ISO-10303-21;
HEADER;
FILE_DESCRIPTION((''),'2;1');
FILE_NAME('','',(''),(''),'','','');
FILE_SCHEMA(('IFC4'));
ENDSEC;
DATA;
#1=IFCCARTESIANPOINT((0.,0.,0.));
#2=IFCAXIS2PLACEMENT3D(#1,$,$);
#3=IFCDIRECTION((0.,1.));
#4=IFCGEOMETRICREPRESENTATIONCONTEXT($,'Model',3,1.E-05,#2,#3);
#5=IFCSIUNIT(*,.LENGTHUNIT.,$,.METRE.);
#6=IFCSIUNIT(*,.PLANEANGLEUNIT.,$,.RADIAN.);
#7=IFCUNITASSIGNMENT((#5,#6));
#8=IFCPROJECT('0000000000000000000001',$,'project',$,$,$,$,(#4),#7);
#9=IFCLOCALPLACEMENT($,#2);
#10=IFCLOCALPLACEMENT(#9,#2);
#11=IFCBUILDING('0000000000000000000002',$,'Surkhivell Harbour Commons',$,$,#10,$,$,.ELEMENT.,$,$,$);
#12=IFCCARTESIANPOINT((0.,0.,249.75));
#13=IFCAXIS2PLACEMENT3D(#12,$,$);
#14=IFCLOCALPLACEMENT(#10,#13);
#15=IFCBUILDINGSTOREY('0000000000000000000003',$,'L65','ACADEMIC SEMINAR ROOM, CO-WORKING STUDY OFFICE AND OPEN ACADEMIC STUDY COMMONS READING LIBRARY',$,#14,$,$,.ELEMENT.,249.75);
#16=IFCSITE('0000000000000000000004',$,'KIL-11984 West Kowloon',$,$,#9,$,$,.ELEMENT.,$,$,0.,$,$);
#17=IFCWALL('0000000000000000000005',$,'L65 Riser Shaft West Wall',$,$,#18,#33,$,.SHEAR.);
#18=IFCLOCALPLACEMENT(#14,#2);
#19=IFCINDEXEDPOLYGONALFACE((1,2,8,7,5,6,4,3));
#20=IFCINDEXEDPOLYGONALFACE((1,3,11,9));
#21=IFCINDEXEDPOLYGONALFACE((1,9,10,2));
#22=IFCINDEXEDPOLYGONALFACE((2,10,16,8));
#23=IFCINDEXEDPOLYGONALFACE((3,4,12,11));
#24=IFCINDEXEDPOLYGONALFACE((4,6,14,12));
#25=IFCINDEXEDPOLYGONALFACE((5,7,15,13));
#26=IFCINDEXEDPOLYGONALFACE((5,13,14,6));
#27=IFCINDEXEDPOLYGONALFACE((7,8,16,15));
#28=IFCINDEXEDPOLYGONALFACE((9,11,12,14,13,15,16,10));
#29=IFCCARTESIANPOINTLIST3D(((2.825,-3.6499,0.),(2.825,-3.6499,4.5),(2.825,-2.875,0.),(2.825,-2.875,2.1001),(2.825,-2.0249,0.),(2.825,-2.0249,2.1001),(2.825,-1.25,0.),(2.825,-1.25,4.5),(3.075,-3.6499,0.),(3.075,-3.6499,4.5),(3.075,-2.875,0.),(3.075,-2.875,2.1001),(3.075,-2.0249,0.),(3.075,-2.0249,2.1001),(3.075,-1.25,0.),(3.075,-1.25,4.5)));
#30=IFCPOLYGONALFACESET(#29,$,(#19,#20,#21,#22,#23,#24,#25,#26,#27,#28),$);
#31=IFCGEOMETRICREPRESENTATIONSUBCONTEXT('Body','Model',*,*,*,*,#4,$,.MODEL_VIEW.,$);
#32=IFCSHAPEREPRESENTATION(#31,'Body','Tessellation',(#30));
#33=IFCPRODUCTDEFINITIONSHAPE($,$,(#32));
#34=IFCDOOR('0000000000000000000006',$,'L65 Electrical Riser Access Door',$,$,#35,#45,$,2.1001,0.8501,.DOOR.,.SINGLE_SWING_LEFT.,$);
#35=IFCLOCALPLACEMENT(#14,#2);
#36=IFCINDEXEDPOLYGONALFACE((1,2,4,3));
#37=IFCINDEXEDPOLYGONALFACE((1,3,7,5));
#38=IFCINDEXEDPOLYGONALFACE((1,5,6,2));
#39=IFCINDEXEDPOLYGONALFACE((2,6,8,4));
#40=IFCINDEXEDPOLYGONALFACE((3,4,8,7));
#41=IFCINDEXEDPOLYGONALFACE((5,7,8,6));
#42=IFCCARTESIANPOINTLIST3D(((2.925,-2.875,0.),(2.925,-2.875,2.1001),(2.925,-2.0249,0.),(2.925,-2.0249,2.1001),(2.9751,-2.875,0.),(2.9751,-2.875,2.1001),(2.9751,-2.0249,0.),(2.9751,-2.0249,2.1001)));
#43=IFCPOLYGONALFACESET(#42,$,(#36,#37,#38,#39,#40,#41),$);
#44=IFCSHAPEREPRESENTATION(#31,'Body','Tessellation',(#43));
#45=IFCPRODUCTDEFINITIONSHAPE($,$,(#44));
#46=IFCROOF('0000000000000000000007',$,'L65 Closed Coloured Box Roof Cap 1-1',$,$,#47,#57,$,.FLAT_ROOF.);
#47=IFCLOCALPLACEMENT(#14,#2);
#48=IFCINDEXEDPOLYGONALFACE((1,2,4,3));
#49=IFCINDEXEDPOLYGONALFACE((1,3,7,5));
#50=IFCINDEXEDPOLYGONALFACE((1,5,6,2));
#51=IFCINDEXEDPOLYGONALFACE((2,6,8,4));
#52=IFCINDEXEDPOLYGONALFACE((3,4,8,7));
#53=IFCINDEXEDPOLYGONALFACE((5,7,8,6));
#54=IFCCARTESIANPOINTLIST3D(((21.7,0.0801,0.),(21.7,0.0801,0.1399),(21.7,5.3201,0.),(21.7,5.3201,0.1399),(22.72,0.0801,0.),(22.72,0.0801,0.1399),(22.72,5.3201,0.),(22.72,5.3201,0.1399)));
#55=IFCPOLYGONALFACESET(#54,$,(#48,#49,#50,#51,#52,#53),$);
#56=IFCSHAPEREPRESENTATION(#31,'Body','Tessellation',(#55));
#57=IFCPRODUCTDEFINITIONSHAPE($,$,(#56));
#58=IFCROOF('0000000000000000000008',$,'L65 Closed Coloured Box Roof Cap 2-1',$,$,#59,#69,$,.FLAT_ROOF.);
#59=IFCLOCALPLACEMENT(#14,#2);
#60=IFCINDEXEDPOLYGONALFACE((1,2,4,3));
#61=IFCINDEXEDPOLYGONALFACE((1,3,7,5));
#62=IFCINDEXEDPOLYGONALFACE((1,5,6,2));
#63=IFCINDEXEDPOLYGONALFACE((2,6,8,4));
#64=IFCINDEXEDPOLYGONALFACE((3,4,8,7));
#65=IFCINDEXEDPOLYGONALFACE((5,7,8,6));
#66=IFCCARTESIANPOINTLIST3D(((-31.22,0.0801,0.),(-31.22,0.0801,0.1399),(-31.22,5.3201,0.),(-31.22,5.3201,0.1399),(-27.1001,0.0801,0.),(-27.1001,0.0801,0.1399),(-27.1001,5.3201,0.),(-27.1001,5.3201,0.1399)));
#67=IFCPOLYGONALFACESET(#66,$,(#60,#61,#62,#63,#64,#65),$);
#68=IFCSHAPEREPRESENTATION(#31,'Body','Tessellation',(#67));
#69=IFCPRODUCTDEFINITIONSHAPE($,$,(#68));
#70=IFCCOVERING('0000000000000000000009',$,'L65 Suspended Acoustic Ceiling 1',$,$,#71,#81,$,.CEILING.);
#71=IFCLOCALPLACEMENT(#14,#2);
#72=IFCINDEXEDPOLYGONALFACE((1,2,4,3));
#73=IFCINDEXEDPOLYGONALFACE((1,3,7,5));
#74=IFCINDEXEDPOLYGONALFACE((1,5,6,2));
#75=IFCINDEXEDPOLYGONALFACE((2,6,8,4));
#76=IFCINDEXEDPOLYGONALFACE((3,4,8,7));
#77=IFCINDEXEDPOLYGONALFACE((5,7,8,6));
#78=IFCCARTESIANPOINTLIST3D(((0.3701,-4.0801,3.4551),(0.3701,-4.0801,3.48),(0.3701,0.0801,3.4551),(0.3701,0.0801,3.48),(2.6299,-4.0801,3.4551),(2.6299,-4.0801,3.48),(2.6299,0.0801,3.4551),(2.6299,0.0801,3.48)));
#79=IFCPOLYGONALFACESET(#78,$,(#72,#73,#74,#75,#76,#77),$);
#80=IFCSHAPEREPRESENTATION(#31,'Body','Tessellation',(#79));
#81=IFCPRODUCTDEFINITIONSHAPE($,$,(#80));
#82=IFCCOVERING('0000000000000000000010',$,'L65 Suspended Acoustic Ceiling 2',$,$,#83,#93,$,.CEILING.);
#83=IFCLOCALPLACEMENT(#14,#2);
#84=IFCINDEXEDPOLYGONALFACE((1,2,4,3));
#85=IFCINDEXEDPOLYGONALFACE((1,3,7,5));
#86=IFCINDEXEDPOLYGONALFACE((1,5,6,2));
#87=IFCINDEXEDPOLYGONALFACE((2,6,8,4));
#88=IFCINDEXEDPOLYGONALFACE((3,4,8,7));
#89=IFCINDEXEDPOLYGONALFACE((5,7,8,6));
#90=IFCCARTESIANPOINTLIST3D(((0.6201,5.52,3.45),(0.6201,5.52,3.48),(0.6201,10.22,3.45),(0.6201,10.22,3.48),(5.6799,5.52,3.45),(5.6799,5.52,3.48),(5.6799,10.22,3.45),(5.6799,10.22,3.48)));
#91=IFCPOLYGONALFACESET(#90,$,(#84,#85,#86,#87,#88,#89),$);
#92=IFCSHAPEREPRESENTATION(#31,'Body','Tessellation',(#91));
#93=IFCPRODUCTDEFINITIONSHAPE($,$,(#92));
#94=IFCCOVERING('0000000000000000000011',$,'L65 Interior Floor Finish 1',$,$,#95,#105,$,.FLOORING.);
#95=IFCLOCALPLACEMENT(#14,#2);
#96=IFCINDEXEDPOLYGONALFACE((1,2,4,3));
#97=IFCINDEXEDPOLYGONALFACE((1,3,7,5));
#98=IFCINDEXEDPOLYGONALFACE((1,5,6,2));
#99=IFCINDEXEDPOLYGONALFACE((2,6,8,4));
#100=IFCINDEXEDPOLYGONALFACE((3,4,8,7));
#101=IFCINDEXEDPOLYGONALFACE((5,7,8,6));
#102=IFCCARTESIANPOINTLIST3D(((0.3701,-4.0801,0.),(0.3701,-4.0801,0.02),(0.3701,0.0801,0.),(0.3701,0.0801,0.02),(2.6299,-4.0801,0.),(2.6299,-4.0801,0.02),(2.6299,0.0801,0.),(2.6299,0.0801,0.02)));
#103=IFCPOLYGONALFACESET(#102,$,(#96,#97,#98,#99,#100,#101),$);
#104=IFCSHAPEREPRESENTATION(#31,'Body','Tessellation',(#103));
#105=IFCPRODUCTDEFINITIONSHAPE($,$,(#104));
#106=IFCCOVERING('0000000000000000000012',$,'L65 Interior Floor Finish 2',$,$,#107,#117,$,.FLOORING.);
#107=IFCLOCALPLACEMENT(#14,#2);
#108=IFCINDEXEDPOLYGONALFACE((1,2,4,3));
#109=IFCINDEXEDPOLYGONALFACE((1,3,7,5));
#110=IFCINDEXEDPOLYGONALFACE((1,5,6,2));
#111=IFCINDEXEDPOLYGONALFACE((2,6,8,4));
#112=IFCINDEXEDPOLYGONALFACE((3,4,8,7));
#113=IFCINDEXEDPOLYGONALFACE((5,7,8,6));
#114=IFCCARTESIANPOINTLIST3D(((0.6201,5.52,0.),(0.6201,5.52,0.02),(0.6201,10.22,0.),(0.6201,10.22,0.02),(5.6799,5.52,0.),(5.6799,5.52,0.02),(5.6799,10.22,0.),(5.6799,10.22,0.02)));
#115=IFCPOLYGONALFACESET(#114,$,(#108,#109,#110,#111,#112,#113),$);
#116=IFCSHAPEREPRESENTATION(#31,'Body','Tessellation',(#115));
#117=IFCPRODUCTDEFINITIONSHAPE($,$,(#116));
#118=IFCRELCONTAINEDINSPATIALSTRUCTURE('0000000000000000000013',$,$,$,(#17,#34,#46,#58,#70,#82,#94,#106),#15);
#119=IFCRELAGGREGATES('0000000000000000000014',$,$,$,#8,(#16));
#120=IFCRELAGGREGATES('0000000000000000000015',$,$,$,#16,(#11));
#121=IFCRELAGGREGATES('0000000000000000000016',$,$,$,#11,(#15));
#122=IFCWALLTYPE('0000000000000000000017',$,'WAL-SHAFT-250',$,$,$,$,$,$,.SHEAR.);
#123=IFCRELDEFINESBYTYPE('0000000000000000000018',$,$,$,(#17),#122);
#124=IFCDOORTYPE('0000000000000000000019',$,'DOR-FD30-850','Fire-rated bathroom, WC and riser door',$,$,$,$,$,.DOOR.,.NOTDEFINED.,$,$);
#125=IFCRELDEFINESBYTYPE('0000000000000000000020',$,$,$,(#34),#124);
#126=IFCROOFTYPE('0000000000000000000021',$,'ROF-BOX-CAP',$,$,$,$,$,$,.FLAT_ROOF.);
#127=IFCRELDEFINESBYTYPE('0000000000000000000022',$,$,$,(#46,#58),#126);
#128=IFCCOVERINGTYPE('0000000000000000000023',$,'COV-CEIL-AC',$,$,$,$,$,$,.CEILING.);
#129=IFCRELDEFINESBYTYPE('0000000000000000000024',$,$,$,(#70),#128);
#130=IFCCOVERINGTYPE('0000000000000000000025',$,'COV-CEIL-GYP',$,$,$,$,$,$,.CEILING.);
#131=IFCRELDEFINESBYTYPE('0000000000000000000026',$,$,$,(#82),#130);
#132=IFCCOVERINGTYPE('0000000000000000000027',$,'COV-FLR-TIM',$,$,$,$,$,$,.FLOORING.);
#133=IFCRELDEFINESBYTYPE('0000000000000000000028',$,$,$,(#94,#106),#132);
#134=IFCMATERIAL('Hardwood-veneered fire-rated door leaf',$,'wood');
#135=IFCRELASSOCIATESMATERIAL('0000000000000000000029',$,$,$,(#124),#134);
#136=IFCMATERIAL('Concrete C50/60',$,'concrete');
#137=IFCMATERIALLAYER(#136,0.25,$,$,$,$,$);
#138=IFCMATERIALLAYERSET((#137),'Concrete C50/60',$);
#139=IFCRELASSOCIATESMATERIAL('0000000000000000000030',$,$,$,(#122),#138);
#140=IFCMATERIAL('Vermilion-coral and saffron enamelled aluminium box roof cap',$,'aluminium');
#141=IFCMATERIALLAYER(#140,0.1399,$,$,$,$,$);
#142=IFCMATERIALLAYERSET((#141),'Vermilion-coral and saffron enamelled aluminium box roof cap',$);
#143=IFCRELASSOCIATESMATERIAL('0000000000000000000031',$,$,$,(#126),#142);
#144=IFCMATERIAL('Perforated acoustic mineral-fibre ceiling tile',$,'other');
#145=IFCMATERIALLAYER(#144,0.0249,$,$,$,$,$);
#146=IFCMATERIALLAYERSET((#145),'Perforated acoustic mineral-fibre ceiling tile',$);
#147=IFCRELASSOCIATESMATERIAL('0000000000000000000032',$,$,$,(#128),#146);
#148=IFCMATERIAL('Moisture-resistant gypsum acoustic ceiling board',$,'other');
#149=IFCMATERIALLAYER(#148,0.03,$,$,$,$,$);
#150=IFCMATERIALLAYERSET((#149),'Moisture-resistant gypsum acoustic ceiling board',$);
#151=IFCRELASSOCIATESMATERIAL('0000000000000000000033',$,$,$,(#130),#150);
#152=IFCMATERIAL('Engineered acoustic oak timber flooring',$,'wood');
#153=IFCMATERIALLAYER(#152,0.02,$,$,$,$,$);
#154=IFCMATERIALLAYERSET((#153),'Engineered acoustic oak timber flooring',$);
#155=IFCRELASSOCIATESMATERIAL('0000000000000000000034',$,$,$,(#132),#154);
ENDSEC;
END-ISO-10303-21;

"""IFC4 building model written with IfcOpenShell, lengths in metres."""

from ifc_helpers import new_model, si_unit, direction, frame, frame_2d, origin, place, context, subcontext, project, spatial, polyline, rectangle, outline, extrude, material, layer, layer_set, type_object, element, fill, save


model = new_model("IFC4")

# Units and contexts
model_context = context("Model", 3, precision=1e-05, world=origin(), true_north=direction((0.0, 1.0)))
body_context = subcontext(model_context, "Body", "Model", "MODEL_VIEW")
ifc_project = project(units=[si_unit("LENGTHUNIT", "METRE"), si_unit("PLANEANGLEUNIT", "RADIAN")], contexts=[model_context])

# Site, building, storey
site_placement = place(None, origin())
site = spatial("IfcSite", under=ifc_project, at=site_placement, Name="KIL-11984 West Kowloon", CompositionType="ELEMENT", RefElevation=0.0)
building_placement = place(site_placement, origin())
building = spatial("IfcBuilding", under=site, at=building_placement, Name="Surkhivell Harbour Commons", CompositionType="ELEMENT")
storey_placement = place(building_placement, frame((0.0, 0.0, 249.75)))
storey = spatial("IfcBuildingStorey", under=building, at=storey_placement, Name="L65", Description="ACADEMIC SEMINAR ROOM, CO-WORKING STUDY OFFICE AND OPEN ACADEMIC STUDY COMMONS READING LIBRARY", CompositionType="ELEMENT", Elevation=249.75)

# Shared definitions
ifc_material_1 = material(Name="Concrete C50/60", Category="concrete")

# Shared definitions
ifc_material_2 = material(Name="Hardwood-veneered fire-rated door leaf", Category="wood")
door_type_1 = type_object("IfcDoorType", Name="DOR-FD30-850", Description="Fire-rated bathroom, WC and riser door", OperationType="NOTDEFINED", PredefinedType="DOOR", material=ifc_material_2)

# Shared definitions
ifc_layer_1 = layer(ifc_material_1, 0.25)
ifc_layer_set_1 = layer_set([ifc_layer_1], Name="Concrete C50/60")
wall_type_1 = type_object("IfcWallType", Name="WAL-SHAFT-250", PredefinedType="SHEAR", material=ifc_layer_set_1)

# Wall, opening, door
wall_1_placement = place(storey_placement, frame((2.95, -3.6499, 0.0), z_axis=(0.0, 0.0, 1.0), x_axis=(0.0, 1.0, 0.0)))
wall_1 = element("IfcWall", 1, at=wall_1_placement, inside=storey, type_object=wall_type_1, Name="L65 Riser Shaft West Wall", PredefinedType="SHEAR", context=body_context, shape_type="SweptSolid", body=[
    extrude(rectangle(XDim=2.3999, YDim=0.25, at=frame_2d((1.2, 0.0))), origin(), (0.0, 0.0, 1.0), 4.5),
])
opening_1_placement = place(wall_1_placement, frame((0.7749, 0.0, 0.0)))
opening_1 = element("IfcOpeningElement", 2, at=opening_1_placement, cuts=wall_1, PredefinedType="OPENING", context=body_context, shape_type="SweptSolid", body=[
    extrude(rectangle(XDim=0.8501, YDim=2.1001, at=frame_2d((0.425, 1.05))), frame((0.0, 0.135, 0.0), z_axis=(0.0, -1.0, 0.0), x_axis=(1.0, 0.0, 0.0)), (0.0, 0.0, 1.0), 0.27),
])
door_1_placement = place(opening_1_placement, origin())
door_1 = element("IfcDoor", 3, at=door_1_placement, inside=storey, type_object=door_type_1, Name="L65 Electrical Riser Access Door", OperationType="SINGLE_SWING_LEFT", OverallHeight=2.1001, OverallWidth=0.8501, PredefinedType="DOOR", context=body_context, shape_type="SweptSolid", body=[
    extrude(rectangle(XDim=0.8501, YDim=2.1001, at=frame_2d((0.425, 1.05))), frame((0.0, 0.0249, 0.0), z_axis=(0.0, -1.0, 0.0), x_axis=(1.0, 0.0, 0.0)), (0.0, 0.0, 1.0), 0.05),
])
fill(opening_1, door_1)

# Roofs
ifc_material_3 = material(Name="Vermilion-coral and saffron enamelled aluminium box roof cap", Category="aluminium")
ifc_layer_2 = layer(ifc_material_3, 0.1399)
ifc_layer_set_2 = layer_set([ifc_layer_2], Name="Vermilion-coral and saffron enamelled aluminium box roof cap")
roof_type = type_object("IfcRoofType", Name="ROF-BOX-CAP", PredefinedType="FLAT_ROOF", material=ifc_layer_set_2)
roof_1_placement = place(storey_placement, origin())
element("IfcRoof", 4, at=roof_1_placement, inside=storey, type_object=roof_type, Name="L65 Closed Coloured Box Roof Cap 1-1", PredefinedType="FLAT_ROOF", context=body_context, shape_type="SweptSolid", body=[
    extrude(outline(polyline([(21.7, 5.3201), (21.7, 0.0801), (22.72, 0.0801), (22.72, 5.3201), (21.7, 5.3201)])), origin(), (0.0, 0.0, 1.0), 0.1399),
])
roof_2_placement = place(storey_placement, origin())
element("IfcRoof", 5, at=roof_2_placement, inside=storey, type_object=roof_type, Name="L65 Closed Coloured Box Roof Cap 2-1", PredefinedType="FLAT_ROOF", context=body_context, shape_type="SweptSolid", body=[
    extrude(outline(polyline([(-27.1001, 0.0801), (-27.1001, 5.3201), (-31.22, 5.3201), (-31.22, 0.0801), (-27.1001, 0.0801)])), origin(), (0.0, 0.0, 1.0), 0.1399),
])

# Coverings
ifc_material_4 = material(Name="Perforated acoustic mineral-fibre ceiling tile", Category="other")
ifc_layer_3 = layer(ifc_material_4, 0.0249)
ifc_layer_set_3 = layer_set([ifc_layer_3], Name="Perforated acoustic mineral-fibre ceiling tile")
covering_type_1 = type_object("IfcCoveringType", Name="COV-CEIL-AC", PredefinedType="CEILING", material=ifc_layer_set_3)
covering_1_placement = place(storey_placement, frame((0.0, 0.0, 3.4551)))
element("IfcCovering", 6, at=covering_1_placement, inside=storey, type_object=covering_type_1, Name="L65 Suspended Acoustic Ceiling 1", PredefinedType="CEILING", context=body_context, shape_type="SweptSolid", body=[
    extrude(outline(polyline([(0.3701, -4.0801), (2.6299, -4.0801), (2.6299, 0.0801), (0.3701, 0.0801), (0.3701, -4.0801)])), origin(), (0.0, 0.0, 1.0), 0.0249),
])
ifc_material_5 = material(Name="Moisture-resistant gypsum acoustic ceiling board", Category="other")
ifc_layer_4 = layer(ifc_material_5, 0.03)
ifc_layer_set_4 = layer_set([ifc_layer_4], Name="Moisture-resistant gypsum acoustic ceiling board")
covering_type_2 = type_object("IfcCoveringType", Name="COV-CEIL-GYP", PredefinedType="CEILING", material=ifc_layer_set_4)
covering_2_placement = place(storey_placement, frame((0.0, 0.0, 3.45)))
element("IfcCovering", 7, at=covering_2_placement, inside=storey, type_object=covering_type_2, Name="L65 Suspended Acoustic Ceiling 2", PredefinedType="CEILING", context=body_context, shape_type="SweptSolid", body=[
    extrude(outline(polyline([(0.6201, 5.52), (5.6799, 5.52), (5.6799, 10.22), (0.6201, 10.22), (0.6201, 5.52)])), origin(), (0.0, 0.0, 1.0), 0.03),
])
ifc_material_6 = material(Name="Engineered acoustic oak timber flooring", Category="wood")
ifc_layer_5 = layer(ifc_material_6, 0.02)
ifc_layer_set_5 = layer_set([ifc_layer_5], Name="Engineered acoustic oak timber flooring")
covering_type_3 = type_object("IfcCoveringType", Name="COV-FLR-TIM", PredefinedType="FLOORING", material=ifc_layer_set_5)
covering_3_placement = place(storey_placement, origin())
element("IfcCovering", 8, at=covering_3_placement, inside=storey, type_object=covering_type_3, Name="L65 Interior Floor Finish 1", PredefinedType="FLOORING", context=body_context, shape_type="SweptSolid", body=[
    extrude(outline(polyline([(0.3701, -4.0801), (2.6299, -4.0801), (2.6299, 0.0801), (0.3701, 0.0801), (0.3701, -4.0801)])), origin(), (0.0, 0.0, 1.0), 0.02),
])
covering_4_placement = place(storey_placement, origin())
element("IfcCovering", 9, at=covering_4_placement, inside=storey, type_object=covering_type_3, Name="L65 Interior Floor Finish 2", PredefinedType="FLOORING", context=body_context, shape_type="SweptSolid", body=[
    extrude(outline(polyline([(0.6201, 5.52), (5.6799, 5.52), (5.6799, 10.22), (0.6201, 10.22), (0.6201, 5.52)])), origin(), (0.0, 0.0, 1.0), 0.02),
])

save(model, "model.ifc")
